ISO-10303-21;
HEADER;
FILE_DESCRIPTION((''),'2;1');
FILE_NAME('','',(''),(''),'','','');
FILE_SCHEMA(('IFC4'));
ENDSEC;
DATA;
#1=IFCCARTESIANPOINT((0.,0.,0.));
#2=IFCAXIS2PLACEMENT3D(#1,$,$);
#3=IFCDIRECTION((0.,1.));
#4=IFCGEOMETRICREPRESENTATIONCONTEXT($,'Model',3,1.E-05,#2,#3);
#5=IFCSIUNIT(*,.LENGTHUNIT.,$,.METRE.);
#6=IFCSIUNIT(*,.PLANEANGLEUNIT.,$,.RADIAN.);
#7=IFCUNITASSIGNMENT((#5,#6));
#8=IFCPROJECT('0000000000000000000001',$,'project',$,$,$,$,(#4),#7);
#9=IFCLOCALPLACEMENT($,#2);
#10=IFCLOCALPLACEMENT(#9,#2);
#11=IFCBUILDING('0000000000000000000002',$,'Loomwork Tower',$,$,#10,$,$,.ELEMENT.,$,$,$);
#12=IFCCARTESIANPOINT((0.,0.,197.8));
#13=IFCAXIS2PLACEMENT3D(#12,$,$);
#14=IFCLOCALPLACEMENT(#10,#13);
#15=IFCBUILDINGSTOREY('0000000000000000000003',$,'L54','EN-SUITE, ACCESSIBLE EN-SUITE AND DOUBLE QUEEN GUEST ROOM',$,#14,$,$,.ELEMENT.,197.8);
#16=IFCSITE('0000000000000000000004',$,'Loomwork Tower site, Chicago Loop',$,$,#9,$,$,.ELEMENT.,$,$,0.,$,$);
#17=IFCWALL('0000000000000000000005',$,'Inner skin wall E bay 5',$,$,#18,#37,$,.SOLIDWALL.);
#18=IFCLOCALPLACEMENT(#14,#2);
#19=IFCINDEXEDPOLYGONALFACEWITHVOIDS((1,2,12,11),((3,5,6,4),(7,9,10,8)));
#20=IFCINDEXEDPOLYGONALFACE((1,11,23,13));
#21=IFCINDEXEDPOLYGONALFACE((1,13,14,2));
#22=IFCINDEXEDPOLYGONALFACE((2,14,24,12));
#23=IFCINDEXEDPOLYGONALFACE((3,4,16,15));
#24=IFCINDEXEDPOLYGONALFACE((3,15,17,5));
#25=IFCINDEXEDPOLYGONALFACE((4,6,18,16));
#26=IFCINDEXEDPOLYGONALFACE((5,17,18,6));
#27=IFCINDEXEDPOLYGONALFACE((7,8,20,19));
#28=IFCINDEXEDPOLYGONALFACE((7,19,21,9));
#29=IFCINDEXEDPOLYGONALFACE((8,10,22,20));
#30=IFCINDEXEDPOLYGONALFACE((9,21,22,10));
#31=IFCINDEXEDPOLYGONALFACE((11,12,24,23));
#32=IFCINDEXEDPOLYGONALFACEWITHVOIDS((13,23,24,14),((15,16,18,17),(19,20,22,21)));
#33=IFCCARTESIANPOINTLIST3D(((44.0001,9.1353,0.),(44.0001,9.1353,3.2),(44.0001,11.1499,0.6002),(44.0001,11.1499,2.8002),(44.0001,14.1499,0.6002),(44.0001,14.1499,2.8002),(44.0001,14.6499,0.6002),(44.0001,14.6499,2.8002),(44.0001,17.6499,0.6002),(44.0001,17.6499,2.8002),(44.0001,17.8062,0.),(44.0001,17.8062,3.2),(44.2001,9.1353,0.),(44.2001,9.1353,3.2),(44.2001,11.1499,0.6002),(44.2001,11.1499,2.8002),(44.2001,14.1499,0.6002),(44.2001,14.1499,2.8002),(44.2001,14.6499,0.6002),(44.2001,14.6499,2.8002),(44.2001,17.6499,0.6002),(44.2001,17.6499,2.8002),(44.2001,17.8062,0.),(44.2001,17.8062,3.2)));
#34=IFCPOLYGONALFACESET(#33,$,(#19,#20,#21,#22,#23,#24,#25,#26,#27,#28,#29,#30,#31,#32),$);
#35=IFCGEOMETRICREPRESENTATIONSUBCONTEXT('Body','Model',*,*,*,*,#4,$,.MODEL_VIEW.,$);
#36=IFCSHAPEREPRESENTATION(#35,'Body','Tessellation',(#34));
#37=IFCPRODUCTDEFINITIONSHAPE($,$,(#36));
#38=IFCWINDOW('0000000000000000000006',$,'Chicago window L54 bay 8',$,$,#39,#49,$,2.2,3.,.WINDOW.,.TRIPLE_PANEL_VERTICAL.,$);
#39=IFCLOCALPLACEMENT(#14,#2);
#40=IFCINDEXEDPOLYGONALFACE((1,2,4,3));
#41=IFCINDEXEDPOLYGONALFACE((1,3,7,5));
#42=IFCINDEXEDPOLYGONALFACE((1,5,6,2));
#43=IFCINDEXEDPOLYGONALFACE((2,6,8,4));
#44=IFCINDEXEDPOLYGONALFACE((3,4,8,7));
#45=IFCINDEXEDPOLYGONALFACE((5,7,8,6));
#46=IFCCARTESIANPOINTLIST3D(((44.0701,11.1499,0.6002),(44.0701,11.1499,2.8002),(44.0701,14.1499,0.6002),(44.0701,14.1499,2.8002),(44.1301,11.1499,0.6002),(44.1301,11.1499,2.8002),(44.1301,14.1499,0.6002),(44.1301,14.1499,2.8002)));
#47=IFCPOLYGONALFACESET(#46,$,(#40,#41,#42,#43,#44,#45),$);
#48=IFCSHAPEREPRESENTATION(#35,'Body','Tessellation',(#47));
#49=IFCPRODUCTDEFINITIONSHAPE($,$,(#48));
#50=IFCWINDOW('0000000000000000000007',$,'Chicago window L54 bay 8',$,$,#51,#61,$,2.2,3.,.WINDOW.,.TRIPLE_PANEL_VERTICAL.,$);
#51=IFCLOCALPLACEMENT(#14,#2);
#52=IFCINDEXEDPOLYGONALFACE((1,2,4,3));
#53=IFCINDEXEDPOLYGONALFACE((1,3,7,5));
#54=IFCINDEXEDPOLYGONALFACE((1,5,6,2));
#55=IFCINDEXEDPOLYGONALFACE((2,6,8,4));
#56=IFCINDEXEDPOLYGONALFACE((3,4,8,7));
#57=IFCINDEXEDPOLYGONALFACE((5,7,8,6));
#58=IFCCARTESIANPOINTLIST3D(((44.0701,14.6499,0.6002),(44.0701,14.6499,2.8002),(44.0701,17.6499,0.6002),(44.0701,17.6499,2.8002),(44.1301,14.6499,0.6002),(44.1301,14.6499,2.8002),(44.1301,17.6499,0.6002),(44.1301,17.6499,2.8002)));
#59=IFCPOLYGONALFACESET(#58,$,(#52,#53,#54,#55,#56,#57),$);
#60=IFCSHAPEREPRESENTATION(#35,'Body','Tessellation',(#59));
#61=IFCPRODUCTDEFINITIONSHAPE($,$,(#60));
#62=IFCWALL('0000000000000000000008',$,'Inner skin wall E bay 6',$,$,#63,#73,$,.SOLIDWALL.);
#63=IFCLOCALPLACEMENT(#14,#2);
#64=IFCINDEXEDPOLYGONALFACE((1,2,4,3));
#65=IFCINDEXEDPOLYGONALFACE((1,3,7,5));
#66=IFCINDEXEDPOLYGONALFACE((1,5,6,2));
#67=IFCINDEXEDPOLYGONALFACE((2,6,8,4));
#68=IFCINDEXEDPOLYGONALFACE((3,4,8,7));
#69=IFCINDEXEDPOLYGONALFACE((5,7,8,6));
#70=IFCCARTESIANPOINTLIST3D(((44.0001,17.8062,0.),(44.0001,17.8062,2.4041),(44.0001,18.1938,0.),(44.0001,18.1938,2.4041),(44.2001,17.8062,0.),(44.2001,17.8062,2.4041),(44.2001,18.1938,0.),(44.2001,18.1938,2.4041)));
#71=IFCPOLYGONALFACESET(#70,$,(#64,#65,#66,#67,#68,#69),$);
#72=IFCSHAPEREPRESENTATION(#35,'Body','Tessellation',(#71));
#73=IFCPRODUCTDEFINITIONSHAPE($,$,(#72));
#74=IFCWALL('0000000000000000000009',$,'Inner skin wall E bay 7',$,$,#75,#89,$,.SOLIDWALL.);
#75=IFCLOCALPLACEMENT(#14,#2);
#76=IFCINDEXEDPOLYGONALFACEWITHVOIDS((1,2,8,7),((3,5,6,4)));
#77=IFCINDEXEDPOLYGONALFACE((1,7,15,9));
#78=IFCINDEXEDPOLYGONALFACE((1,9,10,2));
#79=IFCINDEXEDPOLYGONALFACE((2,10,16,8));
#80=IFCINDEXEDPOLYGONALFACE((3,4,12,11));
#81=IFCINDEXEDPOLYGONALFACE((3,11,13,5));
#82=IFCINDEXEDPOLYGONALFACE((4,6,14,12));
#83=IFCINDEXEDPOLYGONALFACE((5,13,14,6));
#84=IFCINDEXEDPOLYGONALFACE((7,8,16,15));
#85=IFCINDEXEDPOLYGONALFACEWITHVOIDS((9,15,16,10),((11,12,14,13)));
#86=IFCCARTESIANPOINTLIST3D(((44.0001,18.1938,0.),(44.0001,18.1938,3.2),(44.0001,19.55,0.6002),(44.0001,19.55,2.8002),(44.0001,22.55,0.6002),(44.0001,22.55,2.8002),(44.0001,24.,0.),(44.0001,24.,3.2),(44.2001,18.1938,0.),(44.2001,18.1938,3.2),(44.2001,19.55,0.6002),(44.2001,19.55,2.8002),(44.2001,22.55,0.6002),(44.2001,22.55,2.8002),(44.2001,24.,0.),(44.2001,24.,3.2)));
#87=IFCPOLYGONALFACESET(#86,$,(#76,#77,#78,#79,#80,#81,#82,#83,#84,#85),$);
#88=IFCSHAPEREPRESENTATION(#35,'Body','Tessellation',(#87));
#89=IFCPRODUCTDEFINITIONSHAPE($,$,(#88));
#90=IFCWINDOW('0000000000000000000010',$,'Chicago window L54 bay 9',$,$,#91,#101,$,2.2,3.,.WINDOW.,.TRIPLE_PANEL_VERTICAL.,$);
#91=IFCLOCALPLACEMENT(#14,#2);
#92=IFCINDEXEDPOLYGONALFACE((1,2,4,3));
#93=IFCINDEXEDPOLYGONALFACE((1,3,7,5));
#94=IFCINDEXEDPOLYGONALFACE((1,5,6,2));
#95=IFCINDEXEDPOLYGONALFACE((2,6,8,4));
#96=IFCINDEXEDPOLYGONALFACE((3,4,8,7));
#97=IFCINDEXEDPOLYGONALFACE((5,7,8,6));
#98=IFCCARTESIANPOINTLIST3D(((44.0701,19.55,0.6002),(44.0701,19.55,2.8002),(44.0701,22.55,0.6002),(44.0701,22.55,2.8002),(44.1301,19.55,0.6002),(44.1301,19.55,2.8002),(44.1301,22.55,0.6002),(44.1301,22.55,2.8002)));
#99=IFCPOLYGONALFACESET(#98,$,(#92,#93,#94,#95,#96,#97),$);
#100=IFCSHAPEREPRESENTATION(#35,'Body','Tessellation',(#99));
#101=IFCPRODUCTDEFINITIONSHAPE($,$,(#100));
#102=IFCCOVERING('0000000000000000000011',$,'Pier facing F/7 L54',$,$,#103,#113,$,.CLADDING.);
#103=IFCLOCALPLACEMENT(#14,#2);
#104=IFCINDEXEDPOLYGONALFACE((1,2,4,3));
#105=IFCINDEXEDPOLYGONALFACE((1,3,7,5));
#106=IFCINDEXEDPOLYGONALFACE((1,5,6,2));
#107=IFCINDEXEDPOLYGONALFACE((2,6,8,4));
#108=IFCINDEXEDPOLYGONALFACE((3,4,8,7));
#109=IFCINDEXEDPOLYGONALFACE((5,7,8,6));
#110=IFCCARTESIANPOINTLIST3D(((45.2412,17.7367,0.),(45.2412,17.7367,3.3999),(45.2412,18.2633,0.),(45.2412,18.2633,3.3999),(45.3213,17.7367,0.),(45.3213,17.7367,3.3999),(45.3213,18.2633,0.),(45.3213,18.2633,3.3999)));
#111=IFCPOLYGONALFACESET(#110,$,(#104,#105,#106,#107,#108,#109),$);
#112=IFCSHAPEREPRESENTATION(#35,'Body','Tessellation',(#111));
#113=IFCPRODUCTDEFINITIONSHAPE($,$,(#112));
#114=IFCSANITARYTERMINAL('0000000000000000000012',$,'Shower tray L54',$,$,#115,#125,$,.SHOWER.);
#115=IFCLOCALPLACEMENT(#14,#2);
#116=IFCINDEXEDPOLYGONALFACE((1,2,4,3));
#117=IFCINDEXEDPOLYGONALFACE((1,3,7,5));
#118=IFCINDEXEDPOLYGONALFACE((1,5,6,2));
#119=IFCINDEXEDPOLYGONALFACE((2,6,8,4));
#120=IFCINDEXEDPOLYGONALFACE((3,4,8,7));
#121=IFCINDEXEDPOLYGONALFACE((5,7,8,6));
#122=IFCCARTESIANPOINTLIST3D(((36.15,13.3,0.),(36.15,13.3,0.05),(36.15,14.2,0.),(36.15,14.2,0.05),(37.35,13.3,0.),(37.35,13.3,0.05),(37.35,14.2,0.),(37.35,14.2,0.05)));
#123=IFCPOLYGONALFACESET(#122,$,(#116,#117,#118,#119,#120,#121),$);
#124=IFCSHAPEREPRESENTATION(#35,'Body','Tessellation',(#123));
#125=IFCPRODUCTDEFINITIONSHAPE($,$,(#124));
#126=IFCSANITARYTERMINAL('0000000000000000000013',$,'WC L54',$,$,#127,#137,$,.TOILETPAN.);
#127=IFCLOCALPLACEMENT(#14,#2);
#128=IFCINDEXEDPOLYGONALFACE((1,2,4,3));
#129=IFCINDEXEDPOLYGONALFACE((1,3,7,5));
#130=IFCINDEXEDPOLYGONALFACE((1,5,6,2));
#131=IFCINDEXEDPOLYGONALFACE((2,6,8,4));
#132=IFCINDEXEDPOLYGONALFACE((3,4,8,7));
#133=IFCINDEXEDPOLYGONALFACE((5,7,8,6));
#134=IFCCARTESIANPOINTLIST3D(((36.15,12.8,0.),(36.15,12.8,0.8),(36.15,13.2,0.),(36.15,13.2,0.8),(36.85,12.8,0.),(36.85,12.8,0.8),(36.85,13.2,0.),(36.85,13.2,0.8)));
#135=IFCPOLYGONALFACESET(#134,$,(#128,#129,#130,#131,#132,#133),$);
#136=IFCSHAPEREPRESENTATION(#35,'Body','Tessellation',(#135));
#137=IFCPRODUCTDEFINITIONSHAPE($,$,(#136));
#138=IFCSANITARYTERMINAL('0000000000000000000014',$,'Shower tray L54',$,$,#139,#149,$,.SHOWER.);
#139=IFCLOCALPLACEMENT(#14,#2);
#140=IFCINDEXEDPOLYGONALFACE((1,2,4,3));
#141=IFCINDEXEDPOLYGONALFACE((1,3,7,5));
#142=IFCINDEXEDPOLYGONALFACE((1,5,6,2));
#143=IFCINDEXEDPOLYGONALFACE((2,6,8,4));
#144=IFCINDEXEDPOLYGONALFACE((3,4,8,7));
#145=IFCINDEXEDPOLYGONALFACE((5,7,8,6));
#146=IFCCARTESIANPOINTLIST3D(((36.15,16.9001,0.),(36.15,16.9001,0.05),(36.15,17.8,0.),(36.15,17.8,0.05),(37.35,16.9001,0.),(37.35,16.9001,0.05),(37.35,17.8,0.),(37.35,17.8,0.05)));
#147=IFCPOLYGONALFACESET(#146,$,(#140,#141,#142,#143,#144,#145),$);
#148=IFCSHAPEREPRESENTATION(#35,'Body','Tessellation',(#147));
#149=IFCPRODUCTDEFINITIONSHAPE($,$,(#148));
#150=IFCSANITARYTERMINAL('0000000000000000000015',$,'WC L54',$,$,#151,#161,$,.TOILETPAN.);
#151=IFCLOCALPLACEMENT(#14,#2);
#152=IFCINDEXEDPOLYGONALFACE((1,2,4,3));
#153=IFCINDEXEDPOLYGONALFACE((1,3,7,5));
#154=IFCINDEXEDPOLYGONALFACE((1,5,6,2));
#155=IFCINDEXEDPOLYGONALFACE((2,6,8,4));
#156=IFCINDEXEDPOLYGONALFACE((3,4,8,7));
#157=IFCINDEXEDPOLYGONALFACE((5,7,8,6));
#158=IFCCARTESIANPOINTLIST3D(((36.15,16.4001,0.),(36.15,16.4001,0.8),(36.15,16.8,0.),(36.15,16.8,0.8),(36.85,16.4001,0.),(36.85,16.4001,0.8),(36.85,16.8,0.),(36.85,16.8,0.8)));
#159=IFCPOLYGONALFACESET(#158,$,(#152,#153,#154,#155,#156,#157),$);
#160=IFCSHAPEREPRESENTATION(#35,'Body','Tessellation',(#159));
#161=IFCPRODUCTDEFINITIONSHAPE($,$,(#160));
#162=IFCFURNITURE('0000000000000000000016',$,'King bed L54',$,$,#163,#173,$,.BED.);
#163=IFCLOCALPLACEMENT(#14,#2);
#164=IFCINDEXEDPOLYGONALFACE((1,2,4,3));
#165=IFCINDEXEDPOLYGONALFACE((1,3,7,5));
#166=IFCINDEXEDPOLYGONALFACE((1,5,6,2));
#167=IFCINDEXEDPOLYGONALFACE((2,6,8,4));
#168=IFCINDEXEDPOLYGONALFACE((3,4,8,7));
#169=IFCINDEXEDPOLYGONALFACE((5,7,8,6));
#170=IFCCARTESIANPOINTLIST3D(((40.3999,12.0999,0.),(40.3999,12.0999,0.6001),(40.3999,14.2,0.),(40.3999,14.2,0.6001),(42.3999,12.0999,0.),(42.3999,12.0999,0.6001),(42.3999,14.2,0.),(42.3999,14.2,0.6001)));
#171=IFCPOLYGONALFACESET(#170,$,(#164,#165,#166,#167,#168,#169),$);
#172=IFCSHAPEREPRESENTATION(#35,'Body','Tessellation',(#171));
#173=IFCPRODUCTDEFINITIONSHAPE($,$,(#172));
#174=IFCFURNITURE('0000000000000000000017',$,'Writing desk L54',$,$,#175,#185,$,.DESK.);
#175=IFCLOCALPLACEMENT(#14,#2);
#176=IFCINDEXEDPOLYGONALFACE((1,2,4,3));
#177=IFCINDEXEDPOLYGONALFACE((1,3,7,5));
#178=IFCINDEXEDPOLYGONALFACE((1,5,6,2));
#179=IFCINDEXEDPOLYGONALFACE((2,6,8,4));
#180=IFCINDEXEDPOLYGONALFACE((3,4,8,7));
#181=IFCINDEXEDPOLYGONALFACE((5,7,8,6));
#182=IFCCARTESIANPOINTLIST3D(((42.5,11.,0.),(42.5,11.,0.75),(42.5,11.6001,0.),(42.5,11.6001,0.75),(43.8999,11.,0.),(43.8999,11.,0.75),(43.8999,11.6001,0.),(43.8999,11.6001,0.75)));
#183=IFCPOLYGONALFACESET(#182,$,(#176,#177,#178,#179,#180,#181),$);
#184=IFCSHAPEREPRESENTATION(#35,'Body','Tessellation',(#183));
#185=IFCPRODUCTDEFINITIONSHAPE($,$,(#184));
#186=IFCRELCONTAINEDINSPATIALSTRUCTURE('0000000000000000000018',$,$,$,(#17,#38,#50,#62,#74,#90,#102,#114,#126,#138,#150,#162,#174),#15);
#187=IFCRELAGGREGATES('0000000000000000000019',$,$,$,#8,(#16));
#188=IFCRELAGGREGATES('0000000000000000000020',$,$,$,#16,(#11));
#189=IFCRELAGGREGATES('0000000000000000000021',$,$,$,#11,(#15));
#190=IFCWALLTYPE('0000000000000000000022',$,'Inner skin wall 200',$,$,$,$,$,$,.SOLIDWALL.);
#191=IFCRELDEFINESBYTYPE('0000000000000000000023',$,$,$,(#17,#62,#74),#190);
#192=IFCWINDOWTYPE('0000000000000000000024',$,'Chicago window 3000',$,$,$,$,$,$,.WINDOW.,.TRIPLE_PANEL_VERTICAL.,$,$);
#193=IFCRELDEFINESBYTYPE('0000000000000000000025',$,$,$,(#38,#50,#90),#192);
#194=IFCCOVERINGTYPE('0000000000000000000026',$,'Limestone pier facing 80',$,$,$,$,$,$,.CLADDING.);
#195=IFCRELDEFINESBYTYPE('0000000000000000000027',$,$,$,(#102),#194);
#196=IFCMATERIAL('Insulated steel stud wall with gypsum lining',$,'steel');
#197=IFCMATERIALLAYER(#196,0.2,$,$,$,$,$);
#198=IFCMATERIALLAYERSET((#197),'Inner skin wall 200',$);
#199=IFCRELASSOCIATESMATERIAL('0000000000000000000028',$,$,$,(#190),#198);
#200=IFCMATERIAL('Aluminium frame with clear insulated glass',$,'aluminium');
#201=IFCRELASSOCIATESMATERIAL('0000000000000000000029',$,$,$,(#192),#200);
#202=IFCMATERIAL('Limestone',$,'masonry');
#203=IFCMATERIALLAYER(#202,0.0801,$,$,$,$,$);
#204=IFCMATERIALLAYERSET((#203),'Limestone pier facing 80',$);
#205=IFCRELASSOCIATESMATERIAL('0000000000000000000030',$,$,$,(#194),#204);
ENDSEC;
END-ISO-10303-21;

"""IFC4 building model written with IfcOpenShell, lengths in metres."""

from ifc_helpers import new_model, si_unit, direction, frame, frame_2d, origin, origin_2d, place, context, subcontext, project, spatial, rectangle, extrude, material, layer, layer_set, type_object, element, fill, save


model = new_model("IFC4")

# Units and contexts
model_context = context("Model", 3, precision=1e-05, world=origin(), true_north=direction((0.0, 1.0)))
body_context = subcontext(model_context, "Body", "Model", "MODEL_VIEW")
ifc_project = project(units=[si_unit("LENGTHUNIT", "METRE"), si_unit("PLANEANGLEUNIT", "RADIAN")], contexts=[model_context])

# Site, building, storey
site_placement = place(None, origin())
site = spatial("IfcSite", under=ifc_project, at=site_placement, Name="Loomwork Tower site, Chicago Loop", CompositionType="ELEMENT", RefElevation=0.0)
building_placement = place(site_placement, origin())
building = spatial("IfcBuilding", under=site, at=building_placement, Name="Loomwork Tower", CompositionType="ELEMENT")
storey_placement = place(building_placement, frame((0.0, 0.0, 197.8)))
storey = spatial("IfcBuildingStorey", under=building, at=storey_placement, Name="L54", Description="EN-SUITE, ACCESSIBLE EN-SUITE AND DOUBLE QUEEN GUEST ROOM", CompositionType="ELEMENT", Elevation=197.8)

# Wall, openings, windows
ifc_material_1 = material(Name="Insulated steel stud wall with gypsum lining", Category="steel")
ifc_layer_1 = layer(ifc_material_1, 0.2)
ifc_layer_set_1 = layer_set([ifc_layer_1], Name="Inner skin wall 200")
wall_type_1 = type_object("IfcWallType", Name="Inner skin wall 200", PredefinedType="SOLIDWALL", material=ifc_layer_set_1)
wall_1_placement = place(storey_placement, frame((44.1001, 9.1353, 0.0), z_axis=(0.0, 0.0, 1.0), x_axis=(0.0, 1.0, 0.0)))
wall_1 = element("IfcWall", 1, at=wall_1_placement, inside=storey, type_object=wall_type_1, Name="Inner skin wall E bay 5", PredefinedType="SOLIDWALL", context=body_context, shape_type="SweptSolid", body=[
    extrude(rectangle(XDim=8.6709, YDim=0.2, at=frame_2d((4.3354, 0.0))), origin(), (0.0, 0.0, 1.0), 3.2),
])
opening_1_placement = place(wall_1_placement, frame((2.0146, 0.0, 0.6001)))
opening_1 = element("IfcOpeningElement", 2, at=opening_1_placement, cuts=wall_1, PredefinedType="OPENING", context=body_context, shape_type="SweptSolid", body=[
    extrude(rectangle(XDim=3.0, YDim=2.2, at=frame_2d((1.5, 1.1001))), frame((0.0, 0.1099, 0.0), z_axis=(0.0, -1.0, 0.0), x_axis=(1.0, 0.0, 0.0)), (0.0, 0.0, 1.0), 0.22),
])
opening_2_placement = place(wall_1_placement, frame((5.5146, 0.0, 0.6001)))
opening_2 = element("IfcOpeningElement", 3, at=opening_2_placement, cuts=wall_1, PredefinedType="OPENING", context=body_context, shape_type="SweptSolid", body=[
    extrude(rectangle(XDim=3.0, YDim=2.2, at=frame_2d((1.5, 1.1001))), frame((0.0, 0.1099, 0.0), z_axis=(0.0, -1.0, 0.0), x_axis=(1.0, 0.0, 0.0)), (0.0, 0.0, 1.0), 0.22),
])
ifc_material_2 = material(Name="Aluminium frame with clear insulated glass", Category="aluminium")
window_type = type_object("IfcWindowType", Name="Chicago window 3000", PartitioningType="TRIPLE_PANEL_VERTICAL", PredefinedType="WINDOW", material=ifc_material_2)
window_1_placement = place(opening_1_placement, origin())
window_1 = element("IfcWindow", 4, at=window_1_placement, inside=storey, type_object=window_type, Name="Chicago window L54 bay 8", OverallHeight=2.2, OverallWidth=3.0, PartitioningType="TRIPLE_PANEL_VERTICAL", PredefinedType="WINDOW", context=body_context, shape_type="SweptSolid", body=[
    extrude(rectangle(XDim=3.0, YDim=2.2, at=frame_2d((1.5, 1.1001))), frame((0.0, 0.03, 0.0), z_axis=(0.0, -1.0, 0.0), x_axis=(1.0, 0.0, 0.0)), (0.0, 0.0, 1.0), 0.0601),
])
fill(opening_1, window_1)
window_2_placement = place(opening_2_placement, origin())
window_2 = element("IfcWindow", 5, at=window_2_placement, inside=storey, type_object=window_type, Name="Chicago window L54 bay 8", OverallHeight=2.2, OverallWidth=3.0, PartitioningType="TRIPLE_PANEL_VERTICAL", PredefinedType="WINDOW", context=body_context, shape_type="SweptSolid", body=[
    extrude(rectangle(XDim=3.0, YDim=2.2, at=frame_2d((1.5, 1.1001))), frame((0.0, 0.03, 0.0), z_axis=(0.0, -1.0, 0.0), x_axis=(1.0, 0.0, 0.0)), (0.0, 0.0, 1.0), 0.0601),
])
fill(opening_2, window_2)

# Wall
wall_2_placement = place(storey_placement, frame((44.1001, 17.8062, 0.0), z_axis=(0.0, 0.0, 1.0), x_axis=(0.0, 1.0, 0.0)))
element("IfcWall", 6, at=wall_2_placement, inside=storey, type_object=wall_type_1, Name="Inner skin wall E bay 6", PredefinedType="SOLIDWALL", context=body_context, shape_type="SweptSolid", body=[
    extrude(rectangle(XDim=0.3877, YDim=0.2, at=frame_2d((0.1938, 0.0))), origin(), (0.0, 0.0, 1.0), 2.4041),
])

# Wall, opening, window
wall_3_placement = place(storey_placement, frame((44.1001, 18.1938, 0.0), z_axis=(0.0, 0.0, 1.0), x_axis=(0.0, 1.0, 0.0)))
wall_3 = element("IfcWall", 7, at=wall_3_placement, inside=storey, type_object=wall_type_1, Name="Inner skin wall E bay 7", PredefinedType="SOLIDWALL", context=body_context, shape_type="SweptSolid", body=[
    extrude(rectangle(XDim=5.8062, YDim=0.2, at=frame_2d((2.9031, 0.0))), origin(), (0.0, 0.0, 1.0), 3.2),
])
opening_3_placement = place(wall_3_placement, frame((1.3562, 0.0, 0.6001)))
opening_3 = element("IfcOpeningElement", 8, at=opening_3_placement, cuts=wall_3, PredefinedType="OPENING", context=body_context, shape_type="SweptSolid", body=[
    extrude(rectangle(XDim=3.0, YDim=2.2, at=frame_2d((1.5, 1.1001))), frame((0.0, 0.1099, 0.0), z_axis=(0.0, -1.0, 0.0), x_axis=(1.0, 0.0, 0.0)), (0.0, 0.0, 1.0), 0.22),
])
window_3_placement = place(opening_3_placement, origin())
window_3 = element("IfcWindow", 9, at=window_3_placement, inside=storey, type_object=window_type, Name="Chicago window L54 bay 9", OverallHeight=2.2, OverallWidth=3.0, PartitioningType="TRIPLE_PANEL_VERTICAL", PredefinedType="WINDOW", context=body_context, shape_type="SweptSolid", body=[
    extrude(rectangle(XDim=3.0, YDim=2.2, at=frame_2d((1.5, 1.1001))), frame((0.0, 0.03, 0.0), z_axis=(0.0, -1.0, 0.0), x_axis=(1.0, 0.0, 0.0)), (0.0, 0.0, 1.0), 0.0601),
])
fill(opening_3, window_3)

# Covering
ifc_material_3 = material(Name="Limestone", Category="masonry")
ifc_layer_2 = layer(ifc_material_3, 0.0801)
ifc_layer_set_2 = layer_set([ifc_layer_2], Name="Limestone pier facing 80")
covering_type = type_object("IfcCoveringType", Name="Limestone pier facing 80", PredefinedType="CLADDING", material=ifc_layer_set_2)
covering_placement = place(storey_placement, frame((45.2812, 18.0, 0.0), z_axis=(0.0, 0.0, 1.0), x_axis=(1.0, 0.0, 0.0)))
element("IfcCovering", 10, at=covering_placement, inside=storey, type_object=covering_type, Name="Pier facing F/7 L54", PredefinedType="CLADDING", context=body_context, shape_type="SweptSolid", body=[
    extrude(rectangle(XDim=0.0801, YDim=0.5266, at=origin_2d()), origin(), (0.0, 0.0, 1.0), 3.3999),
])

# Sanitary terminals
sanitary_terminal_1_placement = place(storey_placement, frame((36.75, 13.75, 0.0), z_axis=(0.0, 0.0, 1.0), x_axis=(1.0, 0.0, 0.0)))
element("IfcSanitaryTerminal", 11, at=sanitary_terminal_1_placement, inside=storey, Name="Shower tray L54", PredefinedType="SHOWER", context=body_context, shape_type="SweptSolid", body=[
    extrude(rectangle(XDim=1.2, YDim=0.8999, at=origin_2d()), origin(), (0.0, 0.0, 1.0), 0.05),
])
sanitary_terminal_2_placement = place(storey_placement, frame((36.5, 13.0, 0.0), z_axis=(0.0, 0.0, 1.0), x_axis=(1.0, 0.0, 0.0)))
element("IfcSanitaryTerminal", 12, at=sanitary_terminal_2_placement, inside=storey, Name="WC L54", PredefinedType="TOILETPAN", context=body_context, shape_type="SweptSolid", body=[
    extrude(rectangle(XDim=0.7, YDim=0.3999, at=origin_2d()), origin(), (0.0, 0.0, 1.0), 0.8),
])
sanitary_terminal_3_placement = place(storey_placement, frame((36.75, 17.3501, 0.0), z_axis=(0.0, 0.0, 1.0), x_axis=(1.0, 0.0, 0.0)))
element("IfcSanitaryTerminal", 13, at=sanitary_terminal_3_placement, inside=storey, Name="Shower tray L54", PredefinedType="SHOWER", context=body_context, shape_type="SweptSolid", body=[
    extrude(rectangle(XDim=1.2, YDim=0.8999, at=origin_2d()), origin(), (0.0, 0.0, 1.0), 0.05),
])
sanitary_terminal_4_placement = place(storey_placement, frame((36.5, 16.6001, 0.0), z_axis=(0.0, 0.0, 1.0), x_axis=(1.0, 0.0, 0.0)))
element("IfcSanitaryTerminal", 14, at=sanitary_terminal_4_placement, inside=storey, Name="WC L54", PredefinedType="TOILETPAN", context=body_context, shape_type="SweptSolid", body=[
    extrude(rectangle(XDim=0.7, YDim=0.3999, at=origin_2d()), origin(), (0.0, 0.0, 1.0), 0.8),
])

# Furniture
furniture_1_placement = place(storey_placement, frame((41.3999, 13.1499, 0.0), z_axis=(0.0, 0.0, 1.0), x_axis=(1.0, 0.0, 0.0)))
element("IfcFurniture", 15, at=furniture_1_placement, inside=storey, Name="King bed L54", PredefinedType="BED", context=body_context, shape_type="SweptSolid", body=[
    extrude(rectangle(XDim=2.0, YDim=2.1001, at=origin_2d()), origin(), (0.0, 0.0, 1.0), 0.6001),
])
furniture_2_placement = place(storey_placement, frame((43.2, 11.3, 0.0), z_axis=(0.0, 0.0, 1.0), x_axis=(1.0, 0.0, 0.0)))
element("IfcFurniture", 16, at=furniture_2_placement, inside=storey, Name="Writing desk L54", PredefinedType="DESK", context=body_context, shape_type="SweptSolid", body=[
    extrude(rectangle(XDim=1.3999, YDim=0.6001, at=origin_2d()), origin(), (0.0, 0.0, 1.0), 0.75),
])

save(model, "model.ifc")
